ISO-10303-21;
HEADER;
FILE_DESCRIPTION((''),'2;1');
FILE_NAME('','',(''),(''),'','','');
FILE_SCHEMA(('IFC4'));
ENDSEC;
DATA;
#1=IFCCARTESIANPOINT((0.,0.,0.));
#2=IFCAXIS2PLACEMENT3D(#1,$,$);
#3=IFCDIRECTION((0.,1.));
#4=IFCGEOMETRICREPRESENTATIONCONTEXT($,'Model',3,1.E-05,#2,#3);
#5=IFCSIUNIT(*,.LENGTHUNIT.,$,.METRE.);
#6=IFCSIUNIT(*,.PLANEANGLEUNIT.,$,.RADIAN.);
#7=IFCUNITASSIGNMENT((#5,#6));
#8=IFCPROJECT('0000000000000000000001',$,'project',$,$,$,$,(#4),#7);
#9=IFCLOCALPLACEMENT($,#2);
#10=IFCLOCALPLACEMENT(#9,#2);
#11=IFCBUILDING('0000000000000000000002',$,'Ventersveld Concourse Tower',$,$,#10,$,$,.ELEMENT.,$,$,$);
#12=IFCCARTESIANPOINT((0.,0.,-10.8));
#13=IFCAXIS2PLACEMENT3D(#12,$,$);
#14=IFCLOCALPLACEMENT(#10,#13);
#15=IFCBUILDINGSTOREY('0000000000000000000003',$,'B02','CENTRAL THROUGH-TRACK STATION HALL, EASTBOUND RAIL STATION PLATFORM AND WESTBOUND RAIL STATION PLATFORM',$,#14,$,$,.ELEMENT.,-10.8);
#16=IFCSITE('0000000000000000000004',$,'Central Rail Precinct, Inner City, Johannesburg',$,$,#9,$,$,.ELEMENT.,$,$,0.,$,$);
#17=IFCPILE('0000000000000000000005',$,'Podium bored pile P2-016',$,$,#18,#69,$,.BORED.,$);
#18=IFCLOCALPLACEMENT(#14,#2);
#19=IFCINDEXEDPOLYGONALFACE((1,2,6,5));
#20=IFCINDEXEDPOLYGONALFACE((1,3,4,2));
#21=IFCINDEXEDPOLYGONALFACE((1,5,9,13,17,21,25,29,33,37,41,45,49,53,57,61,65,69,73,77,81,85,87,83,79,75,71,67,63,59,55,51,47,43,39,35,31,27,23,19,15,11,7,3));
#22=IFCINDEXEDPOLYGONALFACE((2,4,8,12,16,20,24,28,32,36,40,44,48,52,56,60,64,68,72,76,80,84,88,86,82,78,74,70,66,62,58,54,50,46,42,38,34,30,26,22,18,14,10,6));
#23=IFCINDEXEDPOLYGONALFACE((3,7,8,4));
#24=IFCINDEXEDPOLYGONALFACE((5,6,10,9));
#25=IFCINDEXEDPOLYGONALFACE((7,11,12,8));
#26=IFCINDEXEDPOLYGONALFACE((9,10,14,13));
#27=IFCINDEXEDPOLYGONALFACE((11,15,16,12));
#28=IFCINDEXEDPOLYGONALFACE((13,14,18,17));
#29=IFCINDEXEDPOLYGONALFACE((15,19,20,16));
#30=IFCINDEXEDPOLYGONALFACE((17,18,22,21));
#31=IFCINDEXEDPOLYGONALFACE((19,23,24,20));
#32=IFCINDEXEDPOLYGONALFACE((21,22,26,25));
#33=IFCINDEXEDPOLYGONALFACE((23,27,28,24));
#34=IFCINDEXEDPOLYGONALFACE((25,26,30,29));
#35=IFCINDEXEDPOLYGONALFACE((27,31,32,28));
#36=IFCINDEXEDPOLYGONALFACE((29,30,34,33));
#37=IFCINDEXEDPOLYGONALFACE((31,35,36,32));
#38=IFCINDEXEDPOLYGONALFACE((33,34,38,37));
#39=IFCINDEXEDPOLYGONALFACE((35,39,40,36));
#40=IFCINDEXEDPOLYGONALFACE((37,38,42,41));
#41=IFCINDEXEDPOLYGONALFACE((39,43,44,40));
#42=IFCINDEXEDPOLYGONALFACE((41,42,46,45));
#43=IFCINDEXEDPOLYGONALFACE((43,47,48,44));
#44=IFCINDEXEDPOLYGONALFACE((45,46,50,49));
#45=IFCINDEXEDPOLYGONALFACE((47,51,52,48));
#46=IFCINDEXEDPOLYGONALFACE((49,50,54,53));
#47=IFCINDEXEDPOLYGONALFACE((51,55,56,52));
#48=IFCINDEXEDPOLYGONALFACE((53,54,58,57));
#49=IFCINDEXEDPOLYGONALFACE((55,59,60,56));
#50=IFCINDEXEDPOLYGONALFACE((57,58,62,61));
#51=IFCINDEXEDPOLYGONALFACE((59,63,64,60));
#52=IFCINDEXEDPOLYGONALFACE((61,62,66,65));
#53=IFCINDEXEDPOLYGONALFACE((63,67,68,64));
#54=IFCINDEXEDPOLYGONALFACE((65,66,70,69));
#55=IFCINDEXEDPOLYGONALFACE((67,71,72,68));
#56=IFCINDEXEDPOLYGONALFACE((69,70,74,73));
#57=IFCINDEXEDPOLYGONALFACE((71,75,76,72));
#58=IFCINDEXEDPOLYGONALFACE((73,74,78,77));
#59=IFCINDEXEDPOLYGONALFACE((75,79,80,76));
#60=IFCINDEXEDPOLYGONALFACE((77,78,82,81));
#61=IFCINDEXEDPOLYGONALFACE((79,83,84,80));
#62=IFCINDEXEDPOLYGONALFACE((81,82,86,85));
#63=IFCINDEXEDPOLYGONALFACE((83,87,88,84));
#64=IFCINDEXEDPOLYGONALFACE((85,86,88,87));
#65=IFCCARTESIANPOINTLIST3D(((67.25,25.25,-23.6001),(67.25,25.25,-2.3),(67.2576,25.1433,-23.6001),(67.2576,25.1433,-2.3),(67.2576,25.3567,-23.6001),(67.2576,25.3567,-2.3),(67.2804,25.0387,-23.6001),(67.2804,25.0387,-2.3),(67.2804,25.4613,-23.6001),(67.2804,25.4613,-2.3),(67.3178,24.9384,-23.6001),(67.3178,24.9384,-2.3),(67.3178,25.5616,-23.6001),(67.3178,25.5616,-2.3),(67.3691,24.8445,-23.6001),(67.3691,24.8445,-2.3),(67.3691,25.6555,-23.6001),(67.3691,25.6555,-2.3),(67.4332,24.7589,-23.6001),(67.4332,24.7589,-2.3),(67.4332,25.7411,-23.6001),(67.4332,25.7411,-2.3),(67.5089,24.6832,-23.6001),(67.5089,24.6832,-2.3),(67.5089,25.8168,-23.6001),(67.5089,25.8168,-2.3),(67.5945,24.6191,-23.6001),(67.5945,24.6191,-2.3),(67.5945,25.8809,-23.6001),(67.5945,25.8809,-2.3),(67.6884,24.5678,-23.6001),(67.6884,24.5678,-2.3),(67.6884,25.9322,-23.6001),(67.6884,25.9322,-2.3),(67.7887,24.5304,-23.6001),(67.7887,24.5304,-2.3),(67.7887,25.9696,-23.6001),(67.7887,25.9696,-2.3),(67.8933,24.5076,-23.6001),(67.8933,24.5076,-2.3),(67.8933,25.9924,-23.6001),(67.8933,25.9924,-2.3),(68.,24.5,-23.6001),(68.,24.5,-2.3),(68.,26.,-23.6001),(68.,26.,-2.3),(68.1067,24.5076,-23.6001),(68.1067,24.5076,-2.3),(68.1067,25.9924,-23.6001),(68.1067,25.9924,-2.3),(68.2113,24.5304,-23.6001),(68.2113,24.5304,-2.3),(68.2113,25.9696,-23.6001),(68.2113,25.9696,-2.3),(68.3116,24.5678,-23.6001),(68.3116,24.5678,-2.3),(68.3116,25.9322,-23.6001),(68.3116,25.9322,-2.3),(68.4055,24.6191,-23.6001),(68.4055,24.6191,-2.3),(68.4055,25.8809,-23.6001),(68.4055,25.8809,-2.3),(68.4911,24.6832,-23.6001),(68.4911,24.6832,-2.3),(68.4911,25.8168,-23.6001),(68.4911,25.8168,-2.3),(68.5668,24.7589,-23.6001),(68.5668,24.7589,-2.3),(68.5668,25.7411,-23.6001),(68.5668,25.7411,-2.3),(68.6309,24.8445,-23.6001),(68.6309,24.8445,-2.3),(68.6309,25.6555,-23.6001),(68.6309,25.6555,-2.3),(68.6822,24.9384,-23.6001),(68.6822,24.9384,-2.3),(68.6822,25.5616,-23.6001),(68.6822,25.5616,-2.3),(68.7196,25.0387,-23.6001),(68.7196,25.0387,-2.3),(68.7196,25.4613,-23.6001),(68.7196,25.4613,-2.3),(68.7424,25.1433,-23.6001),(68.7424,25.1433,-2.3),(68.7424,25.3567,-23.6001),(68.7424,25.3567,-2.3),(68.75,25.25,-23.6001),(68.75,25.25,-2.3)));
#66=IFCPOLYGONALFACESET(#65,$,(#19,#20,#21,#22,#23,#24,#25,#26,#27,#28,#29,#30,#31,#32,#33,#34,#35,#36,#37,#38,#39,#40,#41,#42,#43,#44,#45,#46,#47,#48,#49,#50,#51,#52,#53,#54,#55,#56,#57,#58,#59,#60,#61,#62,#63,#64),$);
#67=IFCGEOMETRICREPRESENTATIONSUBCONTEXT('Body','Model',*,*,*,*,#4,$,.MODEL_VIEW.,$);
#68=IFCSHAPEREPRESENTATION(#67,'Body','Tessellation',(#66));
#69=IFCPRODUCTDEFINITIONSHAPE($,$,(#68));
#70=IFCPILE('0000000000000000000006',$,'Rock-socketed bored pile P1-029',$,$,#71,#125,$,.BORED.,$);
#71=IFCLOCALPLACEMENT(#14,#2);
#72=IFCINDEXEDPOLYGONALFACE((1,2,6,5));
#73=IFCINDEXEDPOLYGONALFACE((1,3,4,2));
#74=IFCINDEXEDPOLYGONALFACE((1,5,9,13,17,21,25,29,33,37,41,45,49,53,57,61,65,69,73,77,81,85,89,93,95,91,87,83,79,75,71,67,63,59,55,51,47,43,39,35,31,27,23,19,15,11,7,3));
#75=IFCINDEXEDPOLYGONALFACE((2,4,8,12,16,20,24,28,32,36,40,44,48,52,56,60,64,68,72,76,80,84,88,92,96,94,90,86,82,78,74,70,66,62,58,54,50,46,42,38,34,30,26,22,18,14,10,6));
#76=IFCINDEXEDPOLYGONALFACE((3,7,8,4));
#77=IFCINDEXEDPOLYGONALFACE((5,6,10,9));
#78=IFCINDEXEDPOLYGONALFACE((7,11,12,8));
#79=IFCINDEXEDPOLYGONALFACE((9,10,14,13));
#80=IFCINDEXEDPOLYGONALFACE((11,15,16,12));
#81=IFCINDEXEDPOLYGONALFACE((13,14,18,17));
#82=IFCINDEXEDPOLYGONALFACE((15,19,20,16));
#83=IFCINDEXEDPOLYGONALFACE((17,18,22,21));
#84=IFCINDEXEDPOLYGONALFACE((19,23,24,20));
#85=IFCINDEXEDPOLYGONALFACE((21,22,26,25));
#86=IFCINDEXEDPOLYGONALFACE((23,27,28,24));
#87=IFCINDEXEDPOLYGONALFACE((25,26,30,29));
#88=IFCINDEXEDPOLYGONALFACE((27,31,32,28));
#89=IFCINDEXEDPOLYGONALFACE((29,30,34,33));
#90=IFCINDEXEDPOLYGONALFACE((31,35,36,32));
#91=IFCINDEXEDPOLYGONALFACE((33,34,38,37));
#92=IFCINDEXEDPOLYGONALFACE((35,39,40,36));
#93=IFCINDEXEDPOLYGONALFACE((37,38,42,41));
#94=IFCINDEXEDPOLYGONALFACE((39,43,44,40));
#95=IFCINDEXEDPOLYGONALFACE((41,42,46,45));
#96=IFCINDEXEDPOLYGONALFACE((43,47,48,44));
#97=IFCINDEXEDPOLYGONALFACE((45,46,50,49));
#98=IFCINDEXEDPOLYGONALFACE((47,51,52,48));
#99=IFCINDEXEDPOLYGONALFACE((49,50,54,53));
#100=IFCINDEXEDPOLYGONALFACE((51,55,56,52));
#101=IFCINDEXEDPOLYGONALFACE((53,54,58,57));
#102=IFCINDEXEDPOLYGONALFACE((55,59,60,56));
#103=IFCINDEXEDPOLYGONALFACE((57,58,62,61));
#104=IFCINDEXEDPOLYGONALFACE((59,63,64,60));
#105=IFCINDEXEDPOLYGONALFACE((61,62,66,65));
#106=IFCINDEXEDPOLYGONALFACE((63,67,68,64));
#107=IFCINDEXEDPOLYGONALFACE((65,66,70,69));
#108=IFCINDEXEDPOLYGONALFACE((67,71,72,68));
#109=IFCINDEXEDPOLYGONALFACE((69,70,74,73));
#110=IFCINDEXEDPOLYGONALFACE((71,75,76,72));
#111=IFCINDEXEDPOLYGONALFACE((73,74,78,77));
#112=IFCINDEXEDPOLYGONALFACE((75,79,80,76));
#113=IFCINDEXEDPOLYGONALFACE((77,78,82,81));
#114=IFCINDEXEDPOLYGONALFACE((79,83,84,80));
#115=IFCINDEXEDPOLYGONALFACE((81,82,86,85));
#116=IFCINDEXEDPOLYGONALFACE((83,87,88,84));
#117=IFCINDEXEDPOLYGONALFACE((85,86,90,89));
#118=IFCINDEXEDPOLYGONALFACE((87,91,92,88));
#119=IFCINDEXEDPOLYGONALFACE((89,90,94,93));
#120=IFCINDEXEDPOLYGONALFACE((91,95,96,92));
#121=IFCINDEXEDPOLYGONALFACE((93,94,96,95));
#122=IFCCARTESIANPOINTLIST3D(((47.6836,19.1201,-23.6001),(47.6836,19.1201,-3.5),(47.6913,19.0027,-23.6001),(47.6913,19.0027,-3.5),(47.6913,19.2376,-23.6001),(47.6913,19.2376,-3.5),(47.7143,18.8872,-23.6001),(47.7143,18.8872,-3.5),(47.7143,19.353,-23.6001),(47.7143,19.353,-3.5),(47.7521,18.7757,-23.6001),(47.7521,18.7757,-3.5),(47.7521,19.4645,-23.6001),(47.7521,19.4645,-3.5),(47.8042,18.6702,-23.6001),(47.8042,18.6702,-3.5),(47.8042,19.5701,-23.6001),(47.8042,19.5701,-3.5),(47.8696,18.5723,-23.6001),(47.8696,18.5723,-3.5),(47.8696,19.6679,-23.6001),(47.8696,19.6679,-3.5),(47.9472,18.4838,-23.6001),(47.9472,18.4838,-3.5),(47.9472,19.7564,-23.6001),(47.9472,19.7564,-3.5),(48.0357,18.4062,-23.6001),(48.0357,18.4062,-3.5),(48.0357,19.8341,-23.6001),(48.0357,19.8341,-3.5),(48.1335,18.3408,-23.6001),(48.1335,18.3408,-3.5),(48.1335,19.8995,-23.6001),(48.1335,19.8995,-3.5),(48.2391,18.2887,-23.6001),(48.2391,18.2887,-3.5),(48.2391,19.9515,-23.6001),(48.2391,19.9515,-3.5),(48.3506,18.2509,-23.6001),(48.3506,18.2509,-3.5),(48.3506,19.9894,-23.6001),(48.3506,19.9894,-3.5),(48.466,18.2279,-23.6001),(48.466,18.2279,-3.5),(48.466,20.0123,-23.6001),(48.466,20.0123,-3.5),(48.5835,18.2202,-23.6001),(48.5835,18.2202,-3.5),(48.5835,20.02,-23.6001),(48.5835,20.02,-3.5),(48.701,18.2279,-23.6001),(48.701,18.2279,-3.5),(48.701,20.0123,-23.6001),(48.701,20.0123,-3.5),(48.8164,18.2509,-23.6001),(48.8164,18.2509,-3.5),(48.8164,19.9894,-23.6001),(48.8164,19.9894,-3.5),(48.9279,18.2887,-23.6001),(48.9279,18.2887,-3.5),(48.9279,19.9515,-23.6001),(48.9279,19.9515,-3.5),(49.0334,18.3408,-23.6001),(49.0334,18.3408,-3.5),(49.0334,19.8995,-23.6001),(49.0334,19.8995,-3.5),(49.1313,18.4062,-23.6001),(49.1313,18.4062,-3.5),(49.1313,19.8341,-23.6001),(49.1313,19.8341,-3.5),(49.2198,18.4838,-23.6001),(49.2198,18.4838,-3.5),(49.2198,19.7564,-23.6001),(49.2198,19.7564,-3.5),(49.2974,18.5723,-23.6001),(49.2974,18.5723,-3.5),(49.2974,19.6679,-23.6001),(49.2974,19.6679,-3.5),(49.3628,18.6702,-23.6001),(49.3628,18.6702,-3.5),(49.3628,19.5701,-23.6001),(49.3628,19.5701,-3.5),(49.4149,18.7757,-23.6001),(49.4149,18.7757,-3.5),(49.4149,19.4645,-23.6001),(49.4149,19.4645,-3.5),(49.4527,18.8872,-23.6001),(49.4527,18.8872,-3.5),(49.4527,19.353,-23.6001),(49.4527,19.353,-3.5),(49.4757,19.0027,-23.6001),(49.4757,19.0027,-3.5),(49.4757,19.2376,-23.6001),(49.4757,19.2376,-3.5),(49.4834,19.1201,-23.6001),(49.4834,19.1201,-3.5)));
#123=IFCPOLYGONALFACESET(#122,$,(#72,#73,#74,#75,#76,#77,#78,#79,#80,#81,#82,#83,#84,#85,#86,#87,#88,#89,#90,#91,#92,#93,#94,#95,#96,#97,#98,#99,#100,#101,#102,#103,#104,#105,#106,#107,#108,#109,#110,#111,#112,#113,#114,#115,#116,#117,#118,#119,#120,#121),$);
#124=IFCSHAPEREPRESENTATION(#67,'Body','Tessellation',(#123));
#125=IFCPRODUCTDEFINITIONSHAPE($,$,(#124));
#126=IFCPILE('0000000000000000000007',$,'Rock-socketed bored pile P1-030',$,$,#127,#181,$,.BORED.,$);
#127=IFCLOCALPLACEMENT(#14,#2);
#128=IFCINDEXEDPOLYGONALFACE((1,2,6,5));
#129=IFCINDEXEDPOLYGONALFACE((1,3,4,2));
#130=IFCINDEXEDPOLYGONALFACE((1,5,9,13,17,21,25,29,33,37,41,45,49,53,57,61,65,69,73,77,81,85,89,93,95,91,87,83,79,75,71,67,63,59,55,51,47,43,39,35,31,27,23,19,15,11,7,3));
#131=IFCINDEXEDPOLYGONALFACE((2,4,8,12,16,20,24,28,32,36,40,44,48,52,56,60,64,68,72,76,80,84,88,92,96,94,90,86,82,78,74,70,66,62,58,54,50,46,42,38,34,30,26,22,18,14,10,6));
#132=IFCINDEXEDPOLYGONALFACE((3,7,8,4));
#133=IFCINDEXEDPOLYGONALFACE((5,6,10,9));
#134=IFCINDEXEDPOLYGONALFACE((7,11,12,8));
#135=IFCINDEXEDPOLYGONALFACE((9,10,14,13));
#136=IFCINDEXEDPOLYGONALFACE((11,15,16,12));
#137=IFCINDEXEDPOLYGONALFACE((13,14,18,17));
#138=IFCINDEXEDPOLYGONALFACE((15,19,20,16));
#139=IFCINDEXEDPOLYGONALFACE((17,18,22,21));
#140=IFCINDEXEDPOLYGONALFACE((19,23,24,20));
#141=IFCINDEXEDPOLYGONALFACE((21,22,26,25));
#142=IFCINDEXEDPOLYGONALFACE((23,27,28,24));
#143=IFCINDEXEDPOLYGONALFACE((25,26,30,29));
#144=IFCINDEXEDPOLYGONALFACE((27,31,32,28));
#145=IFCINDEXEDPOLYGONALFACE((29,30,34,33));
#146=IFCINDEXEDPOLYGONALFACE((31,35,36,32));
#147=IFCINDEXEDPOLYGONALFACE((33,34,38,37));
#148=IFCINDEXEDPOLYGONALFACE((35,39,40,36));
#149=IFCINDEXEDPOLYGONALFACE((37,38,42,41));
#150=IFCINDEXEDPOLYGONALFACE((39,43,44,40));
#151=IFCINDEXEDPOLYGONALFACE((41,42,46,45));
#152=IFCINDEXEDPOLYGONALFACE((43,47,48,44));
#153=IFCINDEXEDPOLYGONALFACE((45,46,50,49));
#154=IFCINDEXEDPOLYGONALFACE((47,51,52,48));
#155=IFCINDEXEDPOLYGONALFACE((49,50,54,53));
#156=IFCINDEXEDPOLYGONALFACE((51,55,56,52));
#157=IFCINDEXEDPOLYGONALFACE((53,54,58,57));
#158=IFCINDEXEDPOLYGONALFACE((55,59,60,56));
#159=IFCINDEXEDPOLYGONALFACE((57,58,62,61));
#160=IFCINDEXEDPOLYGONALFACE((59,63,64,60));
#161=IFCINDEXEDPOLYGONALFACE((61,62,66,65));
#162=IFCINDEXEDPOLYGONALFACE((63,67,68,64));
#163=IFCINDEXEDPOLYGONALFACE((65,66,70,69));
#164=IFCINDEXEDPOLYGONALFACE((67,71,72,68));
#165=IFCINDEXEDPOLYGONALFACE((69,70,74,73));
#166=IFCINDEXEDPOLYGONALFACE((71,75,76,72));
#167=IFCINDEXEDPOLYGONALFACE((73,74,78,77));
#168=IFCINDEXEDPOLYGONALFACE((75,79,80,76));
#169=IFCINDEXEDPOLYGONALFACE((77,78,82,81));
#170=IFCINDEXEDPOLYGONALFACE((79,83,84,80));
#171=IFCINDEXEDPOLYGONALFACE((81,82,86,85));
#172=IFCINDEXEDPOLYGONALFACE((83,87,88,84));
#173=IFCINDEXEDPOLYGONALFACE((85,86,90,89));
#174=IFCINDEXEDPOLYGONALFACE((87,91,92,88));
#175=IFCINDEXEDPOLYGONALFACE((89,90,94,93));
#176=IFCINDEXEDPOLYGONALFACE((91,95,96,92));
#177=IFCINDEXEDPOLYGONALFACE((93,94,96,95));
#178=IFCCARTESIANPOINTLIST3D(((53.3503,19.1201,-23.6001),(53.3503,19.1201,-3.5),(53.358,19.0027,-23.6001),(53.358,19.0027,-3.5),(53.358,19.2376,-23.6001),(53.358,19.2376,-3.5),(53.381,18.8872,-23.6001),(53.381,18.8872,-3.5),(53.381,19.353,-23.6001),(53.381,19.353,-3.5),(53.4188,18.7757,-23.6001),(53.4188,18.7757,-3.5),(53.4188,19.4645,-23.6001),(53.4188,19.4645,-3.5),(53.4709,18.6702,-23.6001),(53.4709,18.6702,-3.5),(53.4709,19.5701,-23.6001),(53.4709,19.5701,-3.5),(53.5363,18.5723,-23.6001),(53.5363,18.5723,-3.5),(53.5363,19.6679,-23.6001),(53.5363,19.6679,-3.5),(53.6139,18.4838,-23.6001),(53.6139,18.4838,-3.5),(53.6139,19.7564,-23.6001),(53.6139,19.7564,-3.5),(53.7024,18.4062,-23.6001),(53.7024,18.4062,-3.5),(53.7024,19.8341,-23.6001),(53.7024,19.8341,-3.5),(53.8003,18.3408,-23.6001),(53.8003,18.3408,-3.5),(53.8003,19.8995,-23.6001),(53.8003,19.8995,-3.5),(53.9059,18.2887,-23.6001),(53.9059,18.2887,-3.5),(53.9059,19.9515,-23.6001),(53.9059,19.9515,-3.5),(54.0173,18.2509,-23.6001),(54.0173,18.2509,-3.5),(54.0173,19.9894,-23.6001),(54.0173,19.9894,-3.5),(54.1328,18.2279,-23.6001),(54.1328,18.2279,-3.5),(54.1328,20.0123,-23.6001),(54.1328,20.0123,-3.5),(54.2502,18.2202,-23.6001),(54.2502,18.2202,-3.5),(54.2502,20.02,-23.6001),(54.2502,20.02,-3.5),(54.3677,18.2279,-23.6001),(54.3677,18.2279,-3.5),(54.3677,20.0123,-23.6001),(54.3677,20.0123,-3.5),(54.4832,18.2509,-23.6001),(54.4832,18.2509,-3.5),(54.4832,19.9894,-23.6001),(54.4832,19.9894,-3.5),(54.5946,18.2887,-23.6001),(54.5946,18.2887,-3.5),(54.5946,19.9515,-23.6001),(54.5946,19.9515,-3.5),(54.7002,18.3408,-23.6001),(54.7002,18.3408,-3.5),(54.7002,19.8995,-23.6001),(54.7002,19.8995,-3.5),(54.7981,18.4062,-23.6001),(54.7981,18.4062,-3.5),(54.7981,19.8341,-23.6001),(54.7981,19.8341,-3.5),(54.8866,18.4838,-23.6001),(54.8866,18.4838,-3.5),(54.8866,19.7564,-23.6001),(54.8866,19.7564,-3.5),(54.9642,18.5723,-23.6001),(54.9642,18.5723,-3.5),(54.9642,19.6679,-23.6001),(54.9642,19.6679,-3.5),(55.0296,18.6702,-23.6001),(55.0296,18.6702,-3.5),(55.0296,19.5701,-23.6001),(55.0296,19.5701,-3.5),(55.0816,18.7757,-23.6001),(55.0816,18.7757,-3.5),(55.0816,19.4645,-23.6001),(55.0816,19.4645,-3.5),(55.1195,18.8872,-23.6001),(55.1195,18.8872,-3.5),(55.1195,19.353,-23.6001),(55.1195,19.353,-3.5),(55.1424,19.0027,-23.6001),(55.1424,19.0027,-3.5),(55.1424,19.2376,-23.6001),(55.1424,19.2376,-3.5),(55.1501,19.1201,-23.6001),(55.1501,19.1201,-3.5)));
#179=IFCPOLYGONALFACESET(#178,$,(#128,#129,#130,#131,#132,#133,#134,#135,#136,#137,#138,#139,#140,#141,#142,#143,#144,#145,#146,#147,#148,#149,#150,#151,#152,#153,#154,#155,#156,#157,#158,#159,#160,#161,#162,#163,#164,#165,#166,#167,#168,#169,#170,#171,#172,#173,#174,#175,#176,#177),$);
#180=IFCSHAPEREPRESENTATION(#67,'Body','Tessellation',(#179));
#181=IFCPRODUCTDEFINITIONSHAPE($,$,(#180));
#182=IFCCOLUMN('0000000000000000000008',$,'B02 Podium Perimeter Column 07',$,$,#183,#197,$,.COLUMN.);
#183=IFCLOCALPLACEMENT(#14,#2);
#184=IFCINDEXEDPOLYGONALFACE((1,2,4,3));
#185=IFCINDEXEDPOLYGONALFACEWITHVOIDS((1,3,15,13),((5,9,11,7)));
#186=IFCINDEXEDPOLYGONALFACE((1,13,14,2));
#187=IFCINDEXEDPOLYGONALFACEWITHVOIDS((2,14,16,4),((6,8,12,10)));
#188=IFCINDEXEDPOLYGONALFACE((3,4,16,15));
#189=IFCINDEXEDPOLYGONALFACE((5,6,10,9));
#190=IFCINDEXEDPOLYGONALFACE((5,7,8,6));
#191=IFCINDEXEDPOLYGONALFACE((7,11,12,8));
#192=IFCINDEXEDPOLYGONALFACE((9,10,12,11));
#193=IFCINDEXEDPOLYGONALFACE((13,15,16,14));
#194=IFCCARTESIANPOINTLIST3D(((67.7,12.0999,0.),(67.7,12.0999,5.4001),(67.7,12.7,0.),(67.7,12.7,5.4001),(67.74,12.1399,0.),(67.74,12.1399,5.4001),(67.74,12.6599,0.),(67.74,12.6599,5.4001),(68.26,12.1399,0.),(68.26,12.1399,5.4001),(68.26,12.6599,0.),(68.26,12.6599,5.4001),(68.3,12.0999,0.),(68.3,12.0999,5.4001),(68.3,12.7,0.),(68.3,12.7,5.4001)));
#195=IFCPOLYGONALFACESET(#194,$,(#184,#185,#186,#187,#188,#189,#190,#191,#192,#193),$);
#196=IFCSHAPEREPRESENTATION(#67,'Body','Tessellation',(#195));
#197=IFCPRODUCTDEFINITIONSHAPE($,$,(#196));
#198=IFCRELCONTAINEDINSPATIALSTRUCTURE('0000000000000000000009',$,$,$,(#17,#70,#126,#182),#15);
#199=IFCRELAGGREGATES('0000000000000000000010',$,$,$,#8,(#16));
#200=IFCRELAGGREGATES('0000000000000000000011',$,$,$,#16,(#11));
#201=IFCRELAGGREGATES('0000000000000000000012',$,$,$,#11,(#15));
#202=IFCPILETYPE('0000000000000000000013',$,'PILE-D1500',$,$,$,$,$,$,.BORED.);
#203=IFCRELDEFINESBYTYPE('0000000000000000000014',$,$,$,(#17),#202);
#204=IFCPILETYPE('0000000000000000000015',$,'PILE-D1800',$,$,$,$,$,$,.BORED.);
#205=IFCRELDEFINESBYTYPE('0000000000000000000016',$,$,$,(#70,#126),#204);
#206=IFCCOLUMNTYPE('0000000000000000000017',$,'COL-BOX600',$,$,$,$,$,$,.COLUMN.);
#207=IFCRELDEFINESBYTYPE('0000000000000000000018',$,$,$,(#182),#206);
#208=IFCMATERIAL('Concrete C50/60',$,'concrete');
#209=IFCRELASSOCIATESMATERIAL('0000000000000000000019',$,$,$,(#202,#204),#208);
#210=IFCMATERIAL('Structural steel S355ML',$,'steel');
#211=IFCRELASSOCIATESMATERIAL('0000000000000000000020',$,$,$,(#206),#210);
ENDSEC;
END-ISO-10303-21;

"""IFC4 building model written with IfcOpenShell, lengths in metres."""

from ifc_helpers import new_model, si_unit, direction, frame, origin, origin_2d, place, context, subcontext, project, spatial, hollow_rectangle, circle, extrude, material, material_profile, profile_set, type_object, element, save


model = new_model("IFC4")

# Units and contexts
model_context = context("Model", 3, precision=1e-05, world=origin(), true_north=direction((0.0, 1.0)))
body_context = subcontext(model_context, "Body", "Model", "MODEL_VIEW")
ifc_project = project(units=[si_unit("LENGTHUNIT", "METRE"), si_unit("PLANEANGLEUNIT", "RADIAN")], contexts=[model_context])

# Site, building, storey
site_placement = place(None, origin())
site = spatial("IfcSite", under=ifc_project, at=site_placement, Name="Central Rail Precinct, Inner City, Johannesburg", CompositionType="ELEMENT", RefElevation=0.0)
building_placement = place(site_placement, origin())
building = spatial("IfcBuilding", under=site, at=building_placement, Name="Ventersveld Concourse Tower", CompositionType="ELEMENT")
storey_placement = place(building_placement, frame((0.0, 0.0, -10.8)))
storey = spatial("IfcBuildingStorey", under=building, at=storey_placement, Name="B02", Description="CENTRAL THROUGH-TRACK STATION HALL, EASTBOUND RAIL STATION PLATFORM AND WESTBOUND RAIL STATION PLATFORM", CompositionType="ELEMENT", Elevation=-10.8)

# Shared definitions
ifc_material_1 = material(Name="Concrete C50/60", Category="concrete")

# Piles
ifc_material_profile_1 = material_profile(ifc_material_1, circle(Radius=0.75, at=origin_2d()), Name="PILE D1500")
ifc_profile_set_1 = profile_set([ifc_material_profile_1], Name="Concrete C50/60")
pile_type_1 = type_object("IfcPileType", Name="PILE-D1500", PredefinedType="BORED", material=ifc_profile_set_1)
for number, where, z_axis, x_axis, name in (
    (1, (68.0, 25.25, -2.3), (0.0, 0.0, -1.0), (1.0, 0.0, 0.0), "Podium bored pile P2-016"),
):
    element("IfcPile", number, at=place(storey_placement, frame(where, z_axis=z_axis, x_axis=x_axis)), inside=storey, type_object=pile_type_1, Name=name, PredefinedType="BORED", context=body_context, shape_type="SweptSolid", body=[
        extrude(circle(Radius=0.75, at=origin_2d()), origin(), (0.0, 0.0, 1.0), 21.3),
    ])
ifc_material_profile_2 = material_profile(ifc_material_1, circle(Radius=0.8999, at=origin_2d()), Name="PILE D1800")
ifc_profile_set_2 = profile_set([ifc_material_profile_2], Name="Concrete C50/60")
pile_type_2 = type_object("IfcPileType", Name="PILE-D1800", PredefinedType="BORED", material=ifc_profile_set_2)
for number, where, z_axis, x_axis, name in (
    (2, (48.5835, 19.1201, -3.5), (0.0, 0.0, -1.0), (1.0, 0.0, 0.0), "Rock-socketed bored pile P1-029"),
    (3, (54.2502, 19.1201, -3.5), (0.0, 0.0, -1.0), (1.0, 0.0, 0.0), "Rock-socketed bored pile P1-030"),
):
    element("IfcPile", number, at=place(storey_placement, frame(where, z_axis=z_axis, x_axis=x_axis)), inside=storey, type_object=pile_type_2, Name=name, PredefinedType="BORED", context=body_context, shape_type="SweptSolid", body=[
        extrude(circle(Radius=0.8999, at=origin_2d()), origin(), (0.0, 0.0, 1.0), 20.1001),
    ])

# Column
ifc_material_2 = material(Name="Structural steel S355ML", Category="steel")
ifc_material_profile_3 = material_profile(ifc_material_2, hollow_rectangle(XDim=0.6001, YDim=0.6001, WallThickness=0.04, at=origin_2d()), Name="BOX 600x600x40")
ifc_profile_set_3 = profile_set([ifc_material_profile_3], Name="Structural steel S355ML")
column_type_1 = type_object("IfcColumnType", Name="COL-BOX600", PredefinedType="COLUMN", material=ifc_profile_set_3)
for number, where, z_axis, x_axis, name in (
    (4, (68.0, 12.3999, 0.0), (0.0, 0.0, 1.0), (1.0, 0.0, 0.0), "B02 Podium Perimeter Column 07"),
):
    element("IfcColumn", number, at=place(storey_placement, frame(where, z_axis=z_axis, x_axis=x_axis)), inside=storey, type_object=column_type_1, Name=name, PredefinedType="COLUMN", context=body_context, shape_type="SweptSolid", body=[
        extrude(hollow_rectangle(XDim=0.6001, YDim=0.6001, WallThickness=0.04, at=origin_2d()), origin(), (0.0, 0.0, 1.0), 5.4001),
    ])

save(model, "model.ifc")
